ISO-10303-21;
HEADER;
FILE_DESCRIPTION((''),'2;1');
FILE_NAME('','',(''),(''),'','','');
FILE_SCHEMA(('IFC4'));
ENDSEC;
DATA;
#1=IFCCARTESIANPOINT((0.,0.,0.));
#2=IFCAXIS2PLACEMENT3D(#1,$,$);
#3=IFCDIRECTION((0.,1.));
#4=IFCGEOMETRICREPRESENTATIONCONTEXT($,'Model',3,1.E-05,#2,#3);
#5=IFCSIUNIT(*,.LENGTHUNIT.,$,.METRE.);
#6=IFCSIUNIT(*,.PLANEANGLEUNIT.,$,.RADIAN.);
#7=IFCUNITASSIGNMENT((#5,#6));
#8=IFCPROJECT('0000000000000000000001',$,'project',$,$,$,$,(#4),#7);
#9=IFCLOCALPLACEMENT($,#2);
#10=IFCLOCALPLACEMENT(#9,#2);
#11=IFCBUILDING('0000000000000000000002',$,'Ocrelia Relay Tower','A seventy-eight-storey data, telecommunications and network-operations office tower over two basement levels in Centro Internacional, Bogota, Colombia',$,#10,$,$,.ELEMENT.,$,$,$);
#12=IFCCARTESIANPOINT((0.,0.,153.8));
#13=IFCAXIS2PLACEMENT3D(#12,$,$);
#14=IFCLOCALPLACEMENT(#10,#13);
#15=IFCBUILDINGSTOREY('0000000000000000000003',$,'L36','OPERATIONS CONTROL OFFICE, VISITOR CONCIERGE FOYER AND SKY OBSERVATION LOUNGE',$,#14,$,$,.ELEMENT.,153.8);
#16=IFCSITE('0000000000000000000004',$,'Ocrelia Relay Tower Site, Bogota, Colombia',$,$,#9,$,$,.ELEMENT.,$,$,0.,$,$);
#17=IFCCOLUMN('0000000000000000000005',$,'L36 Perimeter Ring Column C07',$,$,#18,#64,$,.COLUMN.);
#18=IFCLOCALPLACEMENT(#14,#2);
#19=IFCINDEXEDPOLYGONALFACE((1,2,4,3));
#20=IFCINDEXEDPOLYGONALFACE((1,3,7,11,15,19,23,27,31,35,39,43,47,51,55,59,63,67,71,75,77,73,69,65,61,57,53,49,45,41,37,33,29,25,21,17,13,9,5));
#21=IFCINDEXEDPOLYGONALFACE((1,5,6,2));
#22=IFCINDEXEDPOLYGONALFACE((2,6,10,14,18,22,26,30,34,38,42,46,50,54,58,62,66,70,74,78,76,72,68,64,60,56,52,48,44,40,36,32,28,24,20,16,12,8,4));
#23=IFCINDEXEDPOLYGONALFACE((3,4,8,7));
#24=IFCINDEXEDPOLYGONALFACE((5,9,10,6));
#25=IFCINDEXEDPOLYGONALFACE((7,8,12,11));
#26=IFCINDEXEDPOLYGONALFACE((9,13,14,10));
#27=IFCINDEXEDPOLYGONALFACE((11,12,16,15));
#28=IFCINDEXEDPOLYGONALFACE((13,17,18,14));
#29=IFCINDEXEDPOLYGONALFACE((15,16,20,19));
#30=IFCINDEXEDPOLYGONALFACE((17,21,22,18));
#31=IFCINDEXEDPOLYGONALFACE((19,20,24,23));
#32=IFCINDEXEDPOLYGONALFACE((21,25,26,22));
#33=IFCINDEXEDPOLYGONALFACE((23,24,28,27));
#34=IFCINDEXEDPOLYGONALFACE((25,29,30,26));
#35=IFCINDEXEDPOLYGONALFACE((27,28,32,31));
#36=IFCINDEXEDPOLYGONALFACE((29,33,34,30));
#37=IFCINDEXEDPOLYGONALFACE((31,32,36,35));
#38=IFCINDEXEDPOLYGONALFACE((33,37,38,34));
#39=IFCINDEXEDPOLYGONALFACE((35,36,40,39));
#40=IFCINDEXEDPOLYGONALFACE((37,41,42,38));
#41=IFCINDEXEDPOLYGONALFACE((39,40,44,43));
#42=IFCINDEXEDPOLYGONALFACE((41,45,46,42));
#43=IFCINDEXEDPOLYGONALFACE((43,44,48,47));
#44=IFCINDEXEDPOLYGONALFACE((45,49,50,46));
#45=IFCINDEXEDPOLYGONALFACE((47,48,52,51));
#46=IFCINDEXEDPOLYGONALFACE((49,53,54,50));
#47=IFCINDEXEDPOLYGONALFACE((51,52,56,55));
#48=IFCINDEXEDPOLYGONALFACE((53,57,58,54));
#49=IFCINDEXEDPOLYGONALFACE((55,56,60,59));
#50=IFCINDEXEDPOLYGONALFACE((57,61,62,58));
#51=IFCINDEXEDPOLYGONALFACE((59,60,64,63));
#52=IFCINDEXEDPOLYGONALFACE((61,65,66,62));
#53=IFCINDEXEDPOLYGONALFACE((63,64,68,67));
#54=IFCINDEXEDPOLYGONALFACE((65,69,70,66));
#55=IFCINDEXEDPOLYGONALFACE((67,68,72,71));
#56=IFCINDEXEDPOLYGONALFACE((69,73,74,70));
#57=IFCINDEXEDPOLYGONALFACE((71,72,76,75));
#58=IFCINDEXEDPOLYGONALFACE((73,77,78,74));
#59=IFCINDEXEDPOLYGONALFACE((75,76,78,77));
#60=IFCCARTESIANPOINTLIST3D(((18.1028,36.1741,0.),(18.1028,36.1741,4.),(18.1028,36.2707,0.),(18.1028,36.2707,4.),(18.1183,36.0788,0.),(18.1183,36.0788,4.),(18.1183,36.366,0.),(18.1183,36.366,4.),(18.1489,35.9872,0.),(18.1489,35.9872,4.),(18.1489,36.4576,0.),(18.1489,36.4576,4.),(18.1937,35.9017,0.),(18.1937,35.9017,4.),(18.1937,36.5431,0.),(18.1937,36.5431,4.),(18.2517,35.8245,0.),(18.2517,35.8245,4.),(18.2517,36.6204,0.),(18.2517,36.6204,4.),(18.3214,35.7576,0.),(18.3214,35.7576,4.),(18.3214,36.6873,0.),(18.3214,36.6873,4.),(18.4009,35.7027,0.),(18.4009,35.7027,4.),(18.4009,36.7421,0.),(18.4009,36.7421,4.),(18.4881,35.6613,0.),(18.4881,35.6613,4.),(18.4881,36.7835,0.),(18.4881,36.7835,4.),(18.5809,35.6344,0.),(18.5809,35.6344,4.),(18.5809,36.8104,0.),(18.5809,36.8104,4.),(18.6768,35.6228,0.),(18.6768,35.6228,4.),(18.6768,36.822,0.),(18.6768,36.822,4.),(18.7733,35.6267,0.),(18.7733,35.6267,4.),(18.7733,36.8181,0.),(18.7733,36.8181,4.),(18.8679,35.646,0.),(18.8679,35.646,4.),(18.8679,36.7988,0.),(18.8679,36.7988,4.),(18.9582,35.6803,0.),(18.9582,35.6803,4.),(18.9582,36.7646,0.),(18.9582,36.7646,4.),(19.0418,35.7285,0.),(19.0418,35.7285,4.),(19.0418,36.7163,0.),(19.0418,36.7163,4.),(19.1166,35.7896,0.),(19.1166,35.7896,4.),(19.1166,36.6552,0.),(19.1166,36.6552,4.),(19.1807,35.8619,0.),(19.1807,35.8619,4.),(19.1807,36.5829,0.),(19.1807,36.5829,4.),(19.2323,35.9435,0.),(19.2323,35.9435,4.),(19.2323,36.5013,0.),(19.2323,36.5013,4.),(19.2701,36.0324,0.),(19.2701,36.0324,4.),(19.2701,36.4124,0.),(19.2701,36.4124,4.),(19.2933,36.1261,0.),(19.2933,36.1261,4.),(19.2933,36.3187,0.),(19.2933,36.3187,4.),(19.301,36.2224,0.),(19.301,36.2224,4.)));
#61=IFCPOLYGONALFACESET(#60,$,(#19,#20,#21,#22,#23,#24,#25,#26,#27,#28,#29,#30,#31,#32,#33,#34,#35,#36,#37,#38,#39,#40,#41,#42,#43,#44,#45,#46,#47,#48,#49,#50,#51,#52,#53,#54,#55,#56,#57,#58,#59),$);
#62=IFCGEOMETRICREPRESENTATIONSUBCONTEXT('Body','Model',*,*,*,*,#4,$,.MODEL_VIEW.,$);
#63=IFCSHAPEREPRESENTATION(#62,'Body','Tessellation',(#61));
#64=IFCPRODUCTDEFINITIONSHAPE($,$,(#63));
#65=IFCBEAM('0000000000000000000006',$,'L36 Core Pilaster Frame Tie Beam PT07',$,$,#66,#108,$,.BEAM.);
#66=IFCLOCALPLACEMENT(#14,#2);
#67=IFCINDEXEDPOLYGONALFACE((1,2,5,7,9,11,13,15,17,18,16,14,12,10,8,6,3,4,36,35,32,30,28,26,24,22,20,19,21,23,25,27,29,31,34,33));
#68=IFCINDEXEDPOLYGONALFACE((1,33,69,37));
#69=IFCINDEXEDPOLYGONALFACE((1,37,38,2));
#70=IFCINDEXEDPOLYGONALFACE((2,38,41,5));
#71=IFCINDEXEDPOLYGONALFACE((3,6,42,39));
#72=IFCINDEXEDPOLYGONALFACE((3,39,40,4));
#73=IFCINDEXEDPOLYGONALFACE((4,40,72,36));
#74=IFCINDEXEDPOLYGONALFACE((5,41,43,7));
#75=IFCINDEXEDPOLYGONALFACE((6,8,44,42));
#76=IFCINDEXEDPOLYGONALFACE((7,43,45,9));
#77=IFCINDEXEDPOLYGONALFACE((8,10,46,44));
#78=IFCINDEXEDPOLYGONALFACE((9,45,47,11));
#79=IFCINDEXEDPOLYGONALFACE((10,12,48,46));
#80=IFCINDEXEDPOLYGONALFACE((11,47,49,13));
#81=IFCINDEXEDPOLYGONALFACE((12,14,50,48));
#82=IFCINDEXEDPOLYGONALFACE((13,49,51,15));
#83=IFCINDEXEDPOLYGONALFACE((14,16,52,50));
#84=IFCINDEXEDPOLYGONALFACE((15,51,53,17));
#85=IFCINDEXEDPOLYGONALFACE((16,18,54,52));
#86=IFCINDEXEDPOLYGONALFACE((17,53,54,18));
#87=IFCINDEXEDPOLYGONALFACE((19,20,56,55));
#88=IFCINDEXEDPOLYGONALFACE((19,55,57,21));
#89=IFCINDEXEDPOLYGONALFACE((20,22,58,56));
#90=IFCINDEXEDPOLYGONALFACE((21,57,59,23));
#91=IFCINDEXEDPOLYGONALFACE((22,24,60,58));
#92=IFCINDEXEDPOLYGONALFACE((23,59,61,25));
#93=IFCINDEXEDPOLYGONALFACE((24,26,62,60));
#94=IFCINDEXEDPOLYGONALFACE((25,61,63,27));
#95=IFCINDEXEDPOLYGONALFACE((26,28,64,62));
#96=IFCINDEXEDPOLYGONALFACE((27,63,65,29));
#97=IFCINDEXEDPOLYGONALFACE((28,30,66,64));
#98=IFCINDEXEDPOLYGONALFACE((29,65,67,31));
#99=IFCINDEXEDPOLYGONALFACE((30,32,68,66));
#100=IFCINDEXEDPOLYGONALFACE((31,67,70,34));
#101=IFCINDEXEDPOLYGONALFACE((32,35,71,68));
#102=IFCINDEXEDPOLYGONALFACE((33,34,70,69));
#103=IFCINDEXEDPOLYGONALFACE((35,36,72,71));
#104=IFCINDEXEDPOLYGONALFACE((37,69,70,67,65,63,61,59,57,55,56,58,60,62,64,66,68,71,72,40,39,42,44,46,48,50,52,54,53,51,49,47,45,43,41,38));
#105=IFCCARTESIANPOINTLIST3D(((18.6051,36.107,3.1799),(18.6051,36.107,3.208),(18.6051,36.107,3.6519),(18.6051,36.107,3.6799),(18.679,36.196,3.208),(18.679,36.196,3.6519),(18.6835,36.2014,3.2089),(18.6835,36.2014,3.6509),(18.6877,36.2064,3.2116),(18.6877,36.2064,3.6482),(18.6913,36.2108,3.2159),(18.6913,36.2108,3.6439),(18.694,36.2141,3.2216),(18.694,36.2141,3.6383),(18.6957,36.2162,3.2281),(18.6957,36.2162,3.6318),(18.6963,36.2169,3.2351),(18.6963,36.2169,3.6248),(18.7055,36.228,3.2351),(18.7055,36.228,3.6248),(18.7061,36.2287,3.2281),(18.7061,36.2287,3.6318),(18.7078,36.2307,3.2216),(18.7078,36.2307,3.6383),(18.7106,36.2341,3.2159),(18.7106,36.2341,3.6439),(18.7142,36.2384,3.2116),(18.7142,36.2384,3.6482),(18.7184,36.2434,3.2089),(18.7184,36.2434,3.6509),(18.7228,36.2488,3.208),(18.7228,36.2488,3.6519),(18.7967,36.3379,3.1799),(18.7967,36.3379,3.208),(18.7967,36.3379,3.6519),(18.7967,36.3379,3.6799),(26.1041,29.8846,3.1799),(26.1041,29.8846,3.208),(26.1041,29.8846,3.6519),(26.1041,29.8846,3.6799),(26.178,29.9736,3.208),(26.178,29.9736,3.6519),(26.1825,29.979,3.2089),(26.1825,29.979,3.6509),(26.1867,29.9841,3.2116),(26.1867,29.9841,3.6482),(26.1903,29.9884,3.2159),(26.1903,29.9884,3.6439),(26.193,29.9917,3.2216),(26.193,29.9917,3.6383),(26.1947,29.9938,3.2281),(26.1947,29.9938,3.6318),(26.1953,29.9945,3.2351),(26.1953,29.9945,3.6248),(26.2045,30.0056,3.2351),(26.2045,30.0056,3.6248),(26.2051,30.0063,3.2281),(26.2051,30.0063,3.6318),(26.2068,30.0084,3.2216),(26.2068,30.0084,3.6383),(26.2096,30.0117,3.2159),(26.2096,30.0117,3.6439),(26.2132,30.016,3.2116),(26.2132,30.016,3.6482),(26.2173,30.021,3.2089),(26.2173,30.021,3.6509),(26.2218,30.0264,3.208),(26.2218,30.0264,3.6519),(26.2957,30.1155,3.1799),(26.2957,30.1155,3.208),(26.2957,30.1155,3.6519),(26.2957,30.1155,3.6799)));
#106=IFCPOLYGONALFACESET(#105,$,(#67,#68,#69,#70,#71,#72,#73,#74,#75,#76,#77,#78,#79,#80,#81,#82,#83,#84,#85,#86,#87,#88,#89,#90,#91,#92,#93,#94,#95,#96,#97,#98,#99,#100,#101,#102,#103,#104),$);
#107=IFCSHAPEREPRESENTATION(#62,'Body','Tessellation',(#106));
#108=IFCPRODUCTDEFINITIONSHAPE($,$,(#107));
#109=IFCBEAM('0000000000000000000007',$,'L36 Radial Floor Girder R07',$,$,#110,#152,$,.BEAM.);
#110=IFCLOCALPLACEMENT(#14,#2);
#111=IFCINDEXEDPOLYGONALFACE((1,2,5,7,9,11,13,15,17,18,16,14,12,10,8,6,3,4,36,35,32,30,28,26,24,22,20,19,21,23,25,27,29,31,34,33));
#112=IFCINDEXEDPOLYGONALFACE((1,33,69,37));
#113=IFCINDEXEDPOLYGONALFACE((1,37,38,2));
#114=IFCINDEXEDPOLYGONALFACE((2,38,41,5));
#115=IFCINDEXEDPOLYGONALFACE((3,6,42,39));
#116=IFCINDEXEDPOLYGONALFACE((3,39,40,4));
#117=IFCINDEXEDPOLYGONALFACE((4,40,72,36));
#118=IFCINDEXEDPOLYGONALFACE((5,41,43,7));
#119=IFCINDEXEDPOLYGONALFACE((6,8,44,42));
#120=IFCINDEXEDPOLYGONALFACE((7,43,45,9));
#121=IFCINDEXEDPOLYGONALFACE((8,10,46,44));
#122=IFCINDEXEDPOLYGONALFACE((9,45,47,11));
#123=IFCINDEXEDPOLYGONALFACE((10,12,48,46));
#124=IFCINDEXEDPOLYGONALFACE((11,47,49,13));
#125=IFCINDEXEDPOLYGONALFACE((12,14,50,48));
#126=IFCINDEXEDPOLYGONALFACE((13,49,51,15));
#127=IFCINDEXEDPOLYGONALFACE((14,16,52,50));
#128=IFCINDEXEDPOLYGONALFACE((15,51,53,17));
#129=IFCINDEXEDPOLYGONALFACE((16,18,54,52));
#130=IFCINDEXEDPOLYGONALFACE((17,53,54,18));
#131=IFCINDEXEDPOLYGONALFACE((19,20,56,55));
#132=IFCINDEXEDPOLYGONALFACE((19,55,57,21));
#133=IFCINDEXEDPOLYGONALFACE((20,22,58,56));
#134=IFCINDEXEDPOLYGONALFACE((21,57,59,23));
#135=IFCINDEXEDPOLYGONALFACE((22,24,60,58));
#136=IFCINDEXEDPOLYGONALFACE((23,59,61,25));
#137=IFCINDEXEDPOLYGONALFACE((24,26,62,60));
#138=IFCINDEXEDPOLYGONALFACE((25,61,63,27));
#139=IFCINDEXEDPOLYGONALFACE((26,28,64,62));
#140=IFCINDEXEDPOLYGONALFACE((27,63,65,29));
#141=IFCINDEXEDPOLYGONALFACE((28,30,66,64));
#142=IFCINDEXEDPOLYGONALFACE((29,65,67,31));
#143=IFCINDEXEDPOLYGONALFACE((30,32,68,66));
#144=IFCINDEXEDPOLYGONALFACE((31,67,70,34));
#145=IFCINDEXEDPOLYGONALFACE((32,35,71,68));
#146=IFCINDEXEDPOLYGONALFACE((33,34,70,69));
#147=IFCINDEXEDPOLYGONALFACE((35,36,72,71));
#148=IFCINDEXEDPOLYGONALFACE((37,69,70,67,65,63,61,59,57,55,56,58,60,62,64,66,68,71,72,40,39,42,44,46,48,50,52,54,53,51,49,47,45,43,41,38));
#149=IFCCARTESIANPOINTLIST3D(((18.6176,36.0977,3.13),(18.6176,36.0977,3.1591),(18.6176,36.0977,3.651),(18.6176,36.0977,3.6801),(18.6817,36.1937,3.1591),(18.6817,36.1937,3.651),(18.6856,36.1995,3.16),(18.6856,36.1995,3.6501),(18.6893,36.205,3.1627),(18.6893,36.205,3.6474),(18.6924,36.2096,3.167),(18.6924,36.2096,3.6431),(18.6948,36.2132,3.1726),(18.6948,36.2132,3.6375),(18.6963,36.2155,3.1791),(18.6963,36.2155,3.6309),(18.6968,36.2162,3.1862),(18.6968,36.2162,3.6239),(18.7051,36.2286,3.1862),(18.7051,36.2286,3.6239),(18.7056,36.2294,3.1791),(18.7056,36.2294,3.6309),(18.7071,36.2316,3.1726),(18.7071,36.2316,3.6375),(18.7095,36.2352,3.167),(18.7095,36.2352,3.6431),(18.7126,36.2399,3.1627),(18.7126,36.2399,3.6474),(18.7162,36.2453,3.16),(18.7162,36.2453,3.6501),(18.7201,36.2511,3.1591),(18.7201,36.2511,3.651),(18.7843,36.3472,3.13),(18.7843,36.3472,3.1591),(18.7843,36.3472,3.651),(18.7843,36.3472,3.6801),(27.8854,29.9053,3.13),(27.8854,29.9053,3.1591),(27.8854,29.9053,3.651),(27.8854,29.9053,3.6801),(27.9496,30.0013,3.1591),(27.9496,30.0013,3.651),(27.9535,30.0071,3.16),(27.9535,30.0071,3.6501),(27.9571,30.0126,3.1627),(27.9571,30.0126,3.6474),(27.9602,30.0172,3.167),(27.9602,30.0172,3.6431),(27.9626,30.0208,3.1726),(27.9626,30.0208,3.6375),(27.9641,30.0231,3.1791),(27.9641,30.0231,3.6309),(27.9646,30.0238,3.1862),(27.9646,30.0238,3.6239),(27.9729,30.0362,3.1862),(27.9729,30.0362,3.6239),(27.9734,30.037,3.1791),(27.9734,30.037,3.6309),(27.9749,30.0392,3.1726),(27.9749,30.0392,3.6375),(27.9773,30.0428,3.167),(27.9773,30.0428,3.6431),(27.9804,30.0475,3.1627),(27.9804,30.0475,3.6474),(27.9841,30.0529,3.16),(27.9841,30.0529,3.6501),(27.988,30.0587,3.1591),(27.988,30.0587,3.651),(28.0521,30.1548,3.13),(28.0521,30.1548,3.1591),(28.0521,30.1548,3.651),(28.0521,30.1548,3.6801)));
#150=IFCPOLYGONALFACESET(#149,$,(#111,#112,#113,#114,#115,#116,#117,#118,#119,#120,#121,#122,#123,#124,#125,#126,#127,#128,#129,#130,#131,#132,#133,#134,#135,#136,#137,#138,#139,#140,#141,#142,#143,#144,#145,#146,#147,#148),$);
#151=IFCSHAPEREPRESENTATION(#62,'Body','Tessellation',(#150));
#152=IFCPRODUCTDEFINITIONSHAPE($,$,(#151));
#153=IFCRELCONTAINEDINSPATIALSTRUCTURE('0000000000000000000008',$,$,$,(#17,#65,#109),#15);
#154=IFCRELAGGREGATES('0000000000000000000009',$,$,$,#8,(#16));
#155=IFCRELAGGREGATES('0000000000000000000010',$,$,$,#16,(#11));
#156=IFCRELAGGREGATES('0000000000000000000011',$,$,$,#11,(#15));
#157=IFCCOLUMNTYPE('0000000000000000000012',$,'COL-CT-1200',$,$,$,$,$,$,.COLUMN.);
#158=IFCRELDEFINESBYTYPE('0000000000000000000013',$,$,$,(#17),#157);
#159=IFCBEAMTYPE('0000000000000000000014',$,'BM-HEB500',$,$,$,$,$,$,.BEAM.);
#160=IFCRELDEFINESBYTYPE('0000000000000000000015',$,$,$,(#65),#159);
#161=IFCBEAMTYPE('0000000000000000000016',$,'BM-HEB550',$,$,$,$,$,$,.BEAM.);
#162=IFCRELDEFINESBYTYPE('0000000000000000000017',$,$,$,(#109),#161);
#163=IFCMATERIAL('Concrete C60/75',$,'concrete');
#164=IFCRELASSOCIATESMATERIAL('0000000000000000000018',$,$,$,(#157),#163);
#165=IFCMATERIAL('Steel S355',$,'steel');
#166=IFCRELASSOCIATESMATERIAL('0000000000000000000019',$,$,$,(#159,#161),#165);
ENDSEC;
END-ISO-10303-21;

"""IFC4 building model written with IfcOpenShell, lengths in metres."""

from ifc_helpers import new_model, si_unit, direction, frame, origin, origin_2d, place, context, subcontext, project, spatial, circle, i_section, extrude, material, material_profile, profile_set, type_object, element, save


model = new_model("IFC4")

# Units and contexts
model_context = context("Model", 3, precision=1e-05, world=origin(), true_north=direction((0.0, 1.0)))
body_context = subcontext(model_context, "Body", "Model", "MODEL_VIEW")
ifc_project = project(units=[si_unit("LENGTHUNIT", "METRE"), si_unit("PLANEANGLEUNIT", "RADIAN")], contexts=[model_context])

# Site, building, storey
site_placement = place(None, origin())
site = spatial("IfcSite", under=ifc_project, at=site_placement, Name="Ocrelia Relay Tower Site, Bogota, Colombia", CompositionType="ELEMENT", RefElevation=0.0)
building_placement = place(site_placement, origin())
building = spatial("IfcBuilding", under=site, at=building_placement, Name="Ocrelia Relay Tower", Description="A seventy-eight-storey data, telecommunications and network-operations office tower over two basement levels in Centro Internacional, Bogota, Colombia", CompositionType="ELEMENT")
storey_placement = place(building_placement, frame((0.0, 0.0, 153.8)))
storey = spatial("IfcBuildingStorey", under=building, at=storey_placement, Name="L36", Description="OPERATIONS CONTROL OFFICE, VISITOR CONCIERGE FOYER AND SKY OBSERVATION LOUNGE", CompositionType="ELEMENT", Elevation=153.8)

# Column
ifc_material_1 = material(Name="Concrete C60/75", Category="concrete")
ifc_material_profile_1 = material_profile(ifc_material_1, circle(Radius=0.6001, at=origin_2d()), Name="RC-CIR-1200")
ifc_profile_set_1 = profile_set([ifc_material_profile_1], Name="Concrete C60/75")
column_type = type_object("IfcColumnType", Name="COL-CT-1200", PredefinedType="COLUMN", material=ifc_profile_set_1)
column_placement = place(storey_placement, frame((18.7009, 36.2224, 0.0), z_axis=(0.0, 0.0, 1.0), x_axis=(1.0, 0.0, 0.0)))
element("IfcColumn", 1, at=column_placement, inside=storey, type_object=column_type, Name="L36 Perimeter Ring Column C07", PredefinedType="COLUMN", context=body_context, shape_type="SweptSolid", body=[
    extrude(circle(Radius=0.6001, at=origin_2d()), origin(), (0.0, 0.0, 1.0), 4.0),
])

# Beams
ifc_material_2 = material(Name="Steel S355", Category="steel")
ifc_material_profile_2 = material_profile(ifc_material_2, i_section(OverallWidth=0.3, OverallDepth=0.5, WebThickness=0.0144, FlangeThickness=0.0281, FilletRadius=0.0271, at=origin_2d()), Name="HEB 500")
ifc_profile_set_2 = profile_set([ifc_material_profile_2], Name="Steel S355")
beam_type_1 = type_object("IfcBeamType", Name="BM-HEB500", PredefinedType="BEAM", material=ifc_profile_set_2)
beam_1_placement = place(storey_placement, frame((18.7009, 36.2224, 3.4299), z_axis=(0.769571, -0.638561, 0.0), x_axis=(0.638561, 0.769571, 0.0)))
element("IfcBeam", 2, at=beam_1_placement, inside=storey, type_object=beam_type_1, Name="L36 Core Pilaster Frame Tie Beam PT07", PredefinedType="BEAM", context=body_context, shape_type="SweptSolid", body=[
    extrude(i_section(OverallWidth=0.3, OverallDepth=0.5, WebThickness=0.0144, FlangeThickness=0.0281, FilletRadius=0.0271, at=origin_2d()), origin(), (0.0, 0.0, 1.0), 9.7444),
])
ifc_material_profile_3 = material_profile(ifc_material_2, i_section(OverallWidth=0.3, OverallDepth=0.55, WebThickness=0.0149, FlangeThickness=0.0291, FilletRadius=0.0271, at=origin_2d()), Name="HEB 550")
ifc_profile_set_3 = profile_set([ifc_material_profile_3], Name="Steel S355")
beam_type_2 = type_object("IfcBeamType", Name="BM-HEB550", PredefinedType="BEAM", material=ifc_profile_set_3)
beam_2_placement = place(storey_placement, frame((18.7009, 36.2224, 3.405), z_axis=(0.831477, -0.555559, 0.0), x_axis=(0.555559, 0.831477, 0.0)))
element("IfcBeam", 3, at=beam_2_placement, inside=storey, type_object=beam_type_2, Name="L36 Radial Floor Girder R07", PredefinedType="BEAM", context=body_context, shape_type="SweptSolid", body=[
    extrude(i_section(OverallWidth=0.3, OverallDepth=0.55, WebThickness=0.0149, FlangeThickness=0.0291, FilletRadius=0.0271, at=origin_2d()), origin(), (0.0, 0.0, 1.0), 11.1462),
])

save(model, "model.ifc")
